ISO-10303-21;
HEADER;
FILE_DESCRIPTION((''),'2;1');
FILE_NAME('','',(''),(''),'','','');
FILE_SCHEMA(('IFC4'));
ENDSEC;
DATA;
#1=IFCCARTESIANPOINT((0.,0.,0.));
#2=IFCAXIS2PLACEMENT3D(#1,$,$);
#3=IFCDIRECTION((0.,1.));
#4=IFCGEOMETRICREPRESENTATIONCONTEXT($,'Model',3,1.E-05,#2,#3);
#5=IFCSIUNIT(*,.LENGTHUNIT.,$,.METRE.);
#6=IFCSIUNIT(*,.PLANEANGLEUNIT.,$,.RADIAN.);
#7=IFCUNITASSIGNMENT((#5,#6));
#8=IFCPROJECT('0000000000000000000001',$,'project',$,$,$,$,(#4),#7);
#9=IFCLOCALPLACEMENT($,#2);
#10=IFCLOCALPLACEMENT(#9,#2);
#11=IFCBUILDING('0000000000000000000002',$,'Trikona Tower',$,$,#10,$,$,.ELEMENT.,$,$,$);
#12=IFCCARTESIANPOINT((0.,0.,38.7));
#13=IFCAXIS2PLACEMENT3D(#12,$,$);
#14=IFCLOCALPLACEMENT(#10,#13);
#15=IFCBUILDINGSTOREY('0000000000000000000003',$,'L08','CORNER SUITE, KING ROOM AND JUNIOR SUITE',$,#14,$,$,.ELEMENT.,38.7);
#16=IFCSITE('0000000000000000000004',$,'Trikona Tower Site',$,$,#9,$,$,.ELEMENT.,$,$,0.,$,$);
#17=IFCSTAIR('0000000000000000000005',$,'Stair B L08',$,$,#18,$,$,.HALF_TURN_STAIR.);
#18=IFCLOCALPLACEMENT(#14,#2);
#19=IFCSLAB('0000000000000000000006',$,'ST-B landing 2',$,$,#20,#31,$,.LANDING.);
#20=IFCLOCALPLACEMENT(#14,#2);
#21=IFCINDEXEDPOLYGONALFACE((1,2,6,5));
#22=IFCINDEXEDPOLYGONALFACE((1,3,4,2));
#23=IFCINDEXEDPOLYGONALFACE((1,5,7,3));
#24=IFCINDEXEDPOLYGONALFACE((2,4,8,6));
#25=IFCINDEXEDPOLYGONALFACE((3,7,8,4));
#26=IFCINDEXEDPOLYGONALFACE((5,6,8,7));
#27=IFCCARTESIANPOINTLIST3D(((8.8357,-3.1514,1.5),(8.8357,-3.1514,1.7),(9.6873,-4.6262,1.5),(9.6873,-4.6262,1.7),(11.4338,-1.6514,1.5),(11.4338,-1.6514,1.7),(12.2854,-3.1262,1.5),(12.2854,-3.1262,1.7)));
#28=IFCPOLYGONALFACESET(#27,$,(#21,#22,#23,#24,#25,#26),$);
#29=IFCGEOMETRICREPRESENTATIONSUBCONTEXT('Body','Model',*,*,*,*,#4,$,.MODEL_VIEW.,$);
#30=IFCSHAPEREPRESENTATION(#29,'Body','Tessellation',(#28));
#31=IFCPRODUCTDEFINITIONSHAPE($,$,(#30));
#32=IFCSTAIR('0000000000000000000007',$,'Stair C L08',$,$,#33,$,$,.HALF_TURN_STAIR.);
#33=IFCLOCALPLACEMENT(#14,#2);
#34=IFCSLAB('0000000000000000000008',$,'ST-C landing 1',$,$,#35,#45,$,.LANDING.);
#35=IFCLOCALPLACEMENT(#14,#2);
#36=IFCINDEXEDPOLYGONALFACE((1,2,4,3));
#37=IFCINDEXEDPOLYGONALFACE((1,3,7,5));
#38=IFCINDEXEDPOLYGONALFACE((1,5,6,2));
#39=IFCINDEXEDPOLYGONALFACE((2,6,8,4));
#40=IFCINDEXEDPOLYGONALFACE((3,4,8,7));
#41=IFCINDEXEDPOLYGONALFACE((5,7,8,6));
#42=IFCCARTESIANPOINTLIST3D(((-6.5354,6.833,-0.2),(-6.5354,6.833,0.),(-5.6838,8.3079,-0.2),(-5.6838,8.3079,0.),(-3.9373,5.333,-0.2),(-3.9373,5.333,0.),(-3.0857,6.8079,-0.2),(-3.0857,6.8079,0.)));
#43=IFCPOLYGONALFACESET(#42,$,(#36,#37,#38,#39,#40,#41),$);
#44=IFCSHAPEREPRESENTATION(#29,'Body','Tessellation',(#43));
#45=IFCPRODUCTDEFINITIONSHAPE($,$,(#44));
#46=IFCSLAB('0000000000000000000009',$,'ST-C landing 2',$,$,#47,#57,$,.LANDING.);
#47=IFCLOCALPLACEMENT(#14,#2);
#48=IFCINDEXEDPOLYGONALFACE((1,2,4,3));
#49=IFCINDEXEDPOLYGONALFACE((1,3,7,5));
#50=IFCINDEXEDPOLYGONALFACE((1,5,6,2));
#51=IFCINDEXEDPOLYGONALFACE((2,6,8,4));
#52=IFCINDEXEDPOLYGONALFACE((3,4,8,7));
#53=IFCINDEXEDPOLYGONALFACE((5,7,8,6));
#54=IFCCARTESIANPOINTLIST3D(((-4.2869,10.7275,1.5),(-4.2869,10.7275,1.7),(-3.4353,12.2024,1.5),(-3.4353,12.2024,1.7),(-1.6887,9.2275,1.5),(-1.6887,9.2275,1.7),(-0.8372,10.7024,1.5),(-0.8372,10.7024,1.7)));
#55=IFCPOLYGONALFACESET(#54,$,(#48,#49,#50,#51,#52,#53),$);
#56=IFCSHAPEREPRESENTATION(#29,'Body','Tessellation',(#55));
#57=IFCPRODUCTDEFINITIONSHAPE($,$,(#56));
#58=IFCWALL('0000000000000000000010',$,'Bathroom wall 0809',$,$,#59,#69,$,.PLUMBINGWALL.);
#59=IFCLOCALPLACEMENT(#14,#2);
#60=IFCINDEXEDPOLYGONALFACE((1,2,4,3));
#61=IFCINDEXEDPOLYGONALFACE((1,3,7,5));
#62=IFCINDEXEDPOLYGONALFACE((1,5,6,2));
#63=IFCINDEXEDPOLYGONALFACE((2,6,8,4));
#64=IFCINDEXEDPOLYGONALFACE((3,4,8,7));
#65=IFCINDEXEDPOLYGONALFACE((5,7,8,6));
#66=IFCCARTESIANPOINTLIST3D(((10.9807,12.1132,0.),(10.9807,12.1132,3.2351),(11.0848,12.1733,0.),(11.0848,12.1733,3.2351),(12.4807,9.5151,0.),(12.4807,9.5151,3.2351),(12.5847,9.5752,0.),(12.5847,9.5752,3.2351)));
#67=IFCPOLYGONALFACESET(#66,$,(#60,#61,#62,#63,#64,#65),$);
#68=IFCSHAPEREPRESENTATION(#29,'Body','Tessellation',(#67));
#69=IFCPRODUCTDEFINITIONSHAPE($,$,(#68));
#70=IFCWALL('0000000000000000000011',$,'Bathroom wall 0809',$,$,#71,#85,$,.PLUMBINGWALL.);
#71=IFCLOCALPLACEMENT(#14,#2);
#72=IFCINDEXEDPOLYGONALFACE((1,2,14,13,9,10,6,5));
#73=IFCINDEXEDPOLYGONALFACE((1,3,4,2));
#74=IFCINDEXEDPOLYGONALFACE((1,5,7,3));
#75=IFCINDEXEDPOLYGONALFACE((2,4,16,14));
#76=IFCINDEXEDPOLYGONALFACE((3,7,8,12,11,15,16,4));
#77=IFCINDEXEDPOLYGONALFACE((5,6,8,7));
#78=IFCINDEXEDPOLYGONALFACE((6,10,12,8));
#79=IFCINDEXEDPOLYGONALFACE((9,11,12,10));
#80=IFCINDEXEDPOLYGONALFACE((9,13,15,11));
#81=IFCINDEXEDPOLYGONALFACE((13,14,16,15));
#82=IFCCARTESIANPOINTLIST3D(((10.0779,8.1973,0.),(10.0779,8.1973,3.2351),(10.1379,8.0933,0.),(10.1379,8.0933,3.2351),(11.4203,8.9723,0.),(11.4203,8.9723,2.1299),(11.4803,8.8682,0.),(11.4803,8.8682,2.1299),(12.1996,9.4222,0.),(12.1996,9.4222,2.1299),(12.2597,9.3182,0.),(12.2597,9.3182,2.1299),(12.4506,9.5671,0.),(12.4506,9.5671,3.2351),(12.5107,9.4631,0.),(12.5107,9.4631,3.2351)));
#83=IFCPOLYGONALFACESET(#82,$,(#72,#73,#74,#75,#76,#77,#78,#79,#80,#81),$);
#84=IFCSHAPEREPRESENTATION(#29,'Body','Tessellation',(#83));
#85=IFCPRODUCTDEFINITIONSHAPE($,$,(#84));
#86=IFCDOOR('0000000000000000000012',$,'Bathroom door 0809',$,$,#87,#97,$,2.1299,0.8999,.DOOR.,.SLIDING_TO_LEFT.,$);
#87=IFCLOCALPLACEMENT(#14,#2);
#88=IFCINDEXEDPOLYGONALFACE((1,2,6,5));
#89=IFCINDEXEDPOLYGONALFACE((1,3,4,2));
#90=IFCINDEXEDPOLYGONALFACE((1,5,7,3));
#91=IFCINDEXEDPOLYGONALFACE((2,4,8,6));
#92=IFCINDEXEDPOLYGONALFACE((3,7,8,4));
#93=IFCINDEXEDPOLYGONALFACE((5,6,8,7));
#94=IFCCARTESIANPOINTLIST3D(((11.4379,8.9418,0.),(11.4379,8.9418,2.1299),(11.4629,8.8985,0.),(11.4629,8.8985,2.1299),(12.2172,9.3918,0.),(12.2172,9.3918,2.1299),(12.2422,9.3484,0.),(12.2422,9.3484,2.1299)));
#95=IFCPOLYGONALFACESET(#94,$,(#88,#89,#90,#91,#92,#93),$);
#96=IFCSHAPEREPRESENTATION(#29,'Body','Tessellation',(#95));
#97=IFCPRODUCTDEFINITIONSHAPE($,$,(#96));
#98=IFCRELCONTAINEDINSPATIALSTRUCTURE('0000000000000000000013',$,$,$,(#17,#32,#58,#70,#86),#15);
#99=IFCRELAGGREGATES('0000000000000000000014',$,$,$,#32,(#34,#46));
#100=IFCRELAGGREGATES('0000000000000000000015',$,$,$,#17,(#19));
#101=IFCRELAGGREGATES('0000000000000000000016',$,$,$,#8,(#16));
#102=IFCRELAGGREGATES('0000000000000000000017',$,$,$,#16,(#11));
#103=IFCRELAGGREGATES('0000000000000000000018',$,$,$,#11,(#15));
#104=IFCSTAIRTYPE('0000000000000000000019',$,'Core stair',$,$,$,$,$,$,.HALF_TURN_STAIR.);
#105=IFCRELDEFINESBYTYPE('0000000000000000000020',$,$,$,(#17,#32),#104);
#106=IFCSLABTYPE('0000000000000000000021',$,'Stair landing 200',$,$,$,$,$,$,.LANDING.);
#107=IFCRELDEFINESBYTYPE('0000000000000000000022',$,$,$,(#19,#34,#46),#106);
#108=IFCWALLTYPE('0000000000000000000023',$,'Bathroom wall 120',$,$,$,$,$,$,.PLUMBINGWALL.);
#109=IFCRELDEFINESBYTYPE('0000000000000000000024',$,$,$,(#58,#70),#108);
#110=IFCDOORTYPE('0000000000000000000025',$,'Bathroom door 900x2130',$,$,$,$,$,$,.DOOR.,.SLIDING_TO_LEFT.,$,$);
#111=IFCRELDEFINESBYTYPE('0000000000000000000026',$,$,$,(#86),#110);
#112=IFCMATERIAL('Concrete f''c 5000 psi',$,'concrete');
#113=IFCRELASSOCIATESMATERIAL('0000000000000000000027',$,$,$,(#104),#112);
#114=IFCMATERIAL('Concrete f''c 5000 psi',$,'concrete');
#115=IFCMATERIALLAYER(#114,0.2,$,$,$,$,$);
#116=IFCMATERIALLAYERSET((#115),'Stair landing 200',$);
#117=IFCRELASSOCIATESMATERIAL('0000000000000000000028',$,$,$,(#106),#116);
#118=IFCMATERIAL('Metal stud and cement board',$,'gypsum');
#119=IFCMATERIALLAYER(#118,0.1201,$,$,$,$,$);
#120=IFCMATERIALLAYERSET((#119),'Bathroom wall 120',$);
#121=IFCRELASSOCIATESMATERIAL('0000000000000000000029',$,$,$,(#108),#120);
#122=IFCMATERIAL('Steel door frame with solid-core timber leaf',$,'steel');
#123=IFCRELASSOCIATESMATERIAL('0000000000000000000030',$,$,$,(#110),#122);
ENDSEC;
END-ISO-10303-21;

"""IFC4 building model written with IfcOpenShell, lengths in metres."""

from ifc_helpers import new_model, si_unit, direction, frame, frame_2d, origin, place, context, subcontext, project, spatial, polyline, rectangle, outline, extrude, material, layer, layer_set, type_object, element, fill, aggregate, save


model = new_model("IFC4")

# Units and contexts
model_context = context("Model", 3, precision=1e-05, world=origin(), true_north=direction((0.0, 1.0)))
body_context = subcontext(model_context, "Body", "Model", "MODEL_VIEW")
ifc_project = project(units=[si_unit("LENGTHUNIT", "METRE"), si_unit("PLANEANGLEUNIT", "RADIAN")], contexts=[model_context])

# Site, building, storey
site_placement = place(None, origin())
site = spatial("IfcSite", under=ifc_project, at=site_placement, Name="Trikona Tower Site", CompositionType="ELEMENT", RefElevation=0.0)
building_placement = place(site_placement, origin())
building = spatial("IfcBuilding", under=site, at=building_placement, Name="Trikona Tower", CompositionType="ELEMENT")
storey_placement = place(building_placement, frame((0.0, 0.0, 38.7)))
storey = spatial("IfcBuildingStorey", under=building, at=storey_placement, Name="L08", Description="CORNER SUITE, KING ROOM AND JUNIOR SUITE", CompositionType="ELEMENT", Elevation=38.7)

# Stairs, slabs
ifc_material_1 = material(Name="Concrete f'c 5000 psi", Category="concrete")
stair_type = type_object("IfcStairType", Name="Core stair", PredefinedType="HALF_TURN_STAIR", material=ifc_material_1)
ifc_material_2 = material(Name="Concrete f'c 5000 psi", Category="concrete")
ifc_layer_1 = layer(ifc_material_2, 0.2)
ifc_layer_set_1 = layer_set([ifc_layer_1], Name="Stair landing 200")
slab_type_1 = type_object("IfcSlabType", Name="Stair landing 200", PredefinedType="LANDING", material=ifc_layer_set_1)
stair_1_placement = place(storey_placement, origin())
stair_1 = element("IfcStair", 1, at=stair_1_placement, inside=storey, type_object=stair_type, Name="Stair B L08", PredefinedType="HALF_TURN_STAIR")
slab_1_placement = place(storey_placement, frame((0.0, 0.0, 1.5)))
slab_1 = element("IfcSlab", 2, at=slab_1_placement, type_object=slab_type_1, Name="ST-B landing 2", PredefinedType="LANDING", context=body_context, shape_type="SweptSolid", body=[
    extrude(outline(polyline([(9.6873, -4.6262), (8.8357, -3.1514), (11.4338, -1.6514), (12.2854, -3.1262), (9.6873, -4.6262)])), origin(), (0.0, 0.0, 1.0), 0.2),
])
stair_2_placement = place(storey_placement, origin())
stair_2 = element("IfcStair", 3, at=stair_2_placement, inside=storey, type_object=stair_type, Name="Stair C L08", PredefinedType="HALF_TURN_STAIR")
slab_2_placement = place(storey_placement, frame((0.0, 0.0, -0.2)))
slab_2 = element("IfcSlab", 4, at=slab_2_placement, type_object=slab_type_1, Name="ST-C landing 1", PredefinedType="LANDING", context=body_context, shape_type="SweptSolid", body=[
    extrude(outline(polyline([(-3.0857, 6.8079), (-3.9373, 5.333), (-6.5354, 6.833), (-5.6838, 8.3079), (-3.0857, 6.8079)])), origin(), (0.0, 0.0, 1.0), 0.2),
])
slab_3_placement = place(storey_placement, frame((0.0, 0.0, 1.5)))
slab_3 = element("IfcSlab", 5, at=slab_3_placement, type_object=slab_type_1, Name="ST-C landing 2", PredefinedType="LANDING", context=body_context, shape_type="SweptSolid", body=[
    extrude(outline(polyline([(-0.8372, 10.7024), (-1.6887, 9.2275), (-4.2869, 10.7275), (-3.4353, 12.2024), (-0.8372, 10.7024)])), origin(), (0.0, 0.0, 1.0), 0.2),
])
aggregate(stair_2, [slab_2, slab_3])

# Wall
ifc_material_3 = material(Name="Metal stud and cement board", Category="gypsum")
ifc_layer_2 = layer(ifc_material_3, 0.1201)
ifc_layer_set_2 = layer_set([ifc_layer_2], Name="Bathroom wall 120")
wall_type_1 = type_object("IfcWallType", Name="Bathroom wall 120", PredefinedType="PLUMBINGWALL", material=ifc_layer_set_2)
wall_1_placement = place(storey_placement, frame((12.5327, 9.5452, 0.0), z_axis=(0.0, 0.0, 1.0), x_axis=(-0.49999, 0.866031, 0.0)))
element("IfcWall", 6, at=wall_1_placement, inside=storey, type_object=wall_type_1, Name="Bathroom wall 0809", PredefinedType="PLUMBINGWALL", context=body_context, shape_type="SweptSolid", body=[
    extrude(rectangle(XDim=3.0, YDim=0.1201, at=frame_2d((1.5, 0.0))), origin(), (0.0, 0.0, 1.0), 3.2351),
])

# Wall, opening, door
wall_2_placement = place(storey_placement, frame((10.1079, 8.1453, 0.0), z_axis=(0.0, 0.0, 1.0), x_axis=(0.866036, 0.499982, 0.0)))
wall_2 = element("IfcWall", 7, at=wall_2_placement, inside=storey, type_object=wall_type_1, Name="Bathroom wall 0809", PredefinedType="PLUMBINGWALL", context=body_context, shape_type="SweptSolid", body=[
    extrude(rectangle(XDim=2.7397, YDim=0.1201, at=frame_2d((1.3699, 0.0))), origin(), (0.0, 0.0, 1.0), 3.2351),
])
opening_1_placement = place(wall_2_placement, frame((1.55, 0.0, 0.0)))
opening_1 = element("IfcOpeningElement", 8, at=opening_1_placement, cuts=wall_2, PredefinedType="OPENING", context=body_context, shape_type="SweptSolid", body=[
    extrude(rectangle(XDim=0.8999, YDim=2.1299, at=frame_2d((0.45, 1.0649))), frame((0.0, 0.0701, 0.0), z_axis=(0.0, -1.0, 0.0), x_axis=(1.0, 0.0, 0.0)), (0.0, 0.0, 1.0), 0.1401),
])
ifc_material_4 = material(Name="Steel door frame with solid-core timber leaf", Category="steel")
door_type_1 = type_object("IfcDoorType", Name="Bathroom door 900x2130", OperationType="SLIDING_TO_LEFT", PredefinedType="DOOR", material=ifc_material_4)
door_1_placement = place(opening_1_placement, origin())
door_1 = element("IfcDoor", 9, at=door_1_placement, inside=storey, type_object=door_type_1, Name="Bathroom door 0809", OperationType="SLIDING_TO_LEFT", OverallHeight=2.1299, OverallWidth=0.8999, PredefinedType="DOOR", context=body_context, shape_type="SweptSolid", body=[
    extrude(rectangle(XDim=0.8999, YDim=2.1299, at=frame_2d((0.45, 1.0649))), frame((0.0, 0.0249, 0.0), z_axis=(0.0, -1.0, 0.0), x_axis=(1.0, 0.0, 0.0)), (0.0, 0.0, 1.0), 0.05),
])
fill(opening_1, door_1)

aggregate(stair_1, [slab_1])

save(model, "model.ifc")
